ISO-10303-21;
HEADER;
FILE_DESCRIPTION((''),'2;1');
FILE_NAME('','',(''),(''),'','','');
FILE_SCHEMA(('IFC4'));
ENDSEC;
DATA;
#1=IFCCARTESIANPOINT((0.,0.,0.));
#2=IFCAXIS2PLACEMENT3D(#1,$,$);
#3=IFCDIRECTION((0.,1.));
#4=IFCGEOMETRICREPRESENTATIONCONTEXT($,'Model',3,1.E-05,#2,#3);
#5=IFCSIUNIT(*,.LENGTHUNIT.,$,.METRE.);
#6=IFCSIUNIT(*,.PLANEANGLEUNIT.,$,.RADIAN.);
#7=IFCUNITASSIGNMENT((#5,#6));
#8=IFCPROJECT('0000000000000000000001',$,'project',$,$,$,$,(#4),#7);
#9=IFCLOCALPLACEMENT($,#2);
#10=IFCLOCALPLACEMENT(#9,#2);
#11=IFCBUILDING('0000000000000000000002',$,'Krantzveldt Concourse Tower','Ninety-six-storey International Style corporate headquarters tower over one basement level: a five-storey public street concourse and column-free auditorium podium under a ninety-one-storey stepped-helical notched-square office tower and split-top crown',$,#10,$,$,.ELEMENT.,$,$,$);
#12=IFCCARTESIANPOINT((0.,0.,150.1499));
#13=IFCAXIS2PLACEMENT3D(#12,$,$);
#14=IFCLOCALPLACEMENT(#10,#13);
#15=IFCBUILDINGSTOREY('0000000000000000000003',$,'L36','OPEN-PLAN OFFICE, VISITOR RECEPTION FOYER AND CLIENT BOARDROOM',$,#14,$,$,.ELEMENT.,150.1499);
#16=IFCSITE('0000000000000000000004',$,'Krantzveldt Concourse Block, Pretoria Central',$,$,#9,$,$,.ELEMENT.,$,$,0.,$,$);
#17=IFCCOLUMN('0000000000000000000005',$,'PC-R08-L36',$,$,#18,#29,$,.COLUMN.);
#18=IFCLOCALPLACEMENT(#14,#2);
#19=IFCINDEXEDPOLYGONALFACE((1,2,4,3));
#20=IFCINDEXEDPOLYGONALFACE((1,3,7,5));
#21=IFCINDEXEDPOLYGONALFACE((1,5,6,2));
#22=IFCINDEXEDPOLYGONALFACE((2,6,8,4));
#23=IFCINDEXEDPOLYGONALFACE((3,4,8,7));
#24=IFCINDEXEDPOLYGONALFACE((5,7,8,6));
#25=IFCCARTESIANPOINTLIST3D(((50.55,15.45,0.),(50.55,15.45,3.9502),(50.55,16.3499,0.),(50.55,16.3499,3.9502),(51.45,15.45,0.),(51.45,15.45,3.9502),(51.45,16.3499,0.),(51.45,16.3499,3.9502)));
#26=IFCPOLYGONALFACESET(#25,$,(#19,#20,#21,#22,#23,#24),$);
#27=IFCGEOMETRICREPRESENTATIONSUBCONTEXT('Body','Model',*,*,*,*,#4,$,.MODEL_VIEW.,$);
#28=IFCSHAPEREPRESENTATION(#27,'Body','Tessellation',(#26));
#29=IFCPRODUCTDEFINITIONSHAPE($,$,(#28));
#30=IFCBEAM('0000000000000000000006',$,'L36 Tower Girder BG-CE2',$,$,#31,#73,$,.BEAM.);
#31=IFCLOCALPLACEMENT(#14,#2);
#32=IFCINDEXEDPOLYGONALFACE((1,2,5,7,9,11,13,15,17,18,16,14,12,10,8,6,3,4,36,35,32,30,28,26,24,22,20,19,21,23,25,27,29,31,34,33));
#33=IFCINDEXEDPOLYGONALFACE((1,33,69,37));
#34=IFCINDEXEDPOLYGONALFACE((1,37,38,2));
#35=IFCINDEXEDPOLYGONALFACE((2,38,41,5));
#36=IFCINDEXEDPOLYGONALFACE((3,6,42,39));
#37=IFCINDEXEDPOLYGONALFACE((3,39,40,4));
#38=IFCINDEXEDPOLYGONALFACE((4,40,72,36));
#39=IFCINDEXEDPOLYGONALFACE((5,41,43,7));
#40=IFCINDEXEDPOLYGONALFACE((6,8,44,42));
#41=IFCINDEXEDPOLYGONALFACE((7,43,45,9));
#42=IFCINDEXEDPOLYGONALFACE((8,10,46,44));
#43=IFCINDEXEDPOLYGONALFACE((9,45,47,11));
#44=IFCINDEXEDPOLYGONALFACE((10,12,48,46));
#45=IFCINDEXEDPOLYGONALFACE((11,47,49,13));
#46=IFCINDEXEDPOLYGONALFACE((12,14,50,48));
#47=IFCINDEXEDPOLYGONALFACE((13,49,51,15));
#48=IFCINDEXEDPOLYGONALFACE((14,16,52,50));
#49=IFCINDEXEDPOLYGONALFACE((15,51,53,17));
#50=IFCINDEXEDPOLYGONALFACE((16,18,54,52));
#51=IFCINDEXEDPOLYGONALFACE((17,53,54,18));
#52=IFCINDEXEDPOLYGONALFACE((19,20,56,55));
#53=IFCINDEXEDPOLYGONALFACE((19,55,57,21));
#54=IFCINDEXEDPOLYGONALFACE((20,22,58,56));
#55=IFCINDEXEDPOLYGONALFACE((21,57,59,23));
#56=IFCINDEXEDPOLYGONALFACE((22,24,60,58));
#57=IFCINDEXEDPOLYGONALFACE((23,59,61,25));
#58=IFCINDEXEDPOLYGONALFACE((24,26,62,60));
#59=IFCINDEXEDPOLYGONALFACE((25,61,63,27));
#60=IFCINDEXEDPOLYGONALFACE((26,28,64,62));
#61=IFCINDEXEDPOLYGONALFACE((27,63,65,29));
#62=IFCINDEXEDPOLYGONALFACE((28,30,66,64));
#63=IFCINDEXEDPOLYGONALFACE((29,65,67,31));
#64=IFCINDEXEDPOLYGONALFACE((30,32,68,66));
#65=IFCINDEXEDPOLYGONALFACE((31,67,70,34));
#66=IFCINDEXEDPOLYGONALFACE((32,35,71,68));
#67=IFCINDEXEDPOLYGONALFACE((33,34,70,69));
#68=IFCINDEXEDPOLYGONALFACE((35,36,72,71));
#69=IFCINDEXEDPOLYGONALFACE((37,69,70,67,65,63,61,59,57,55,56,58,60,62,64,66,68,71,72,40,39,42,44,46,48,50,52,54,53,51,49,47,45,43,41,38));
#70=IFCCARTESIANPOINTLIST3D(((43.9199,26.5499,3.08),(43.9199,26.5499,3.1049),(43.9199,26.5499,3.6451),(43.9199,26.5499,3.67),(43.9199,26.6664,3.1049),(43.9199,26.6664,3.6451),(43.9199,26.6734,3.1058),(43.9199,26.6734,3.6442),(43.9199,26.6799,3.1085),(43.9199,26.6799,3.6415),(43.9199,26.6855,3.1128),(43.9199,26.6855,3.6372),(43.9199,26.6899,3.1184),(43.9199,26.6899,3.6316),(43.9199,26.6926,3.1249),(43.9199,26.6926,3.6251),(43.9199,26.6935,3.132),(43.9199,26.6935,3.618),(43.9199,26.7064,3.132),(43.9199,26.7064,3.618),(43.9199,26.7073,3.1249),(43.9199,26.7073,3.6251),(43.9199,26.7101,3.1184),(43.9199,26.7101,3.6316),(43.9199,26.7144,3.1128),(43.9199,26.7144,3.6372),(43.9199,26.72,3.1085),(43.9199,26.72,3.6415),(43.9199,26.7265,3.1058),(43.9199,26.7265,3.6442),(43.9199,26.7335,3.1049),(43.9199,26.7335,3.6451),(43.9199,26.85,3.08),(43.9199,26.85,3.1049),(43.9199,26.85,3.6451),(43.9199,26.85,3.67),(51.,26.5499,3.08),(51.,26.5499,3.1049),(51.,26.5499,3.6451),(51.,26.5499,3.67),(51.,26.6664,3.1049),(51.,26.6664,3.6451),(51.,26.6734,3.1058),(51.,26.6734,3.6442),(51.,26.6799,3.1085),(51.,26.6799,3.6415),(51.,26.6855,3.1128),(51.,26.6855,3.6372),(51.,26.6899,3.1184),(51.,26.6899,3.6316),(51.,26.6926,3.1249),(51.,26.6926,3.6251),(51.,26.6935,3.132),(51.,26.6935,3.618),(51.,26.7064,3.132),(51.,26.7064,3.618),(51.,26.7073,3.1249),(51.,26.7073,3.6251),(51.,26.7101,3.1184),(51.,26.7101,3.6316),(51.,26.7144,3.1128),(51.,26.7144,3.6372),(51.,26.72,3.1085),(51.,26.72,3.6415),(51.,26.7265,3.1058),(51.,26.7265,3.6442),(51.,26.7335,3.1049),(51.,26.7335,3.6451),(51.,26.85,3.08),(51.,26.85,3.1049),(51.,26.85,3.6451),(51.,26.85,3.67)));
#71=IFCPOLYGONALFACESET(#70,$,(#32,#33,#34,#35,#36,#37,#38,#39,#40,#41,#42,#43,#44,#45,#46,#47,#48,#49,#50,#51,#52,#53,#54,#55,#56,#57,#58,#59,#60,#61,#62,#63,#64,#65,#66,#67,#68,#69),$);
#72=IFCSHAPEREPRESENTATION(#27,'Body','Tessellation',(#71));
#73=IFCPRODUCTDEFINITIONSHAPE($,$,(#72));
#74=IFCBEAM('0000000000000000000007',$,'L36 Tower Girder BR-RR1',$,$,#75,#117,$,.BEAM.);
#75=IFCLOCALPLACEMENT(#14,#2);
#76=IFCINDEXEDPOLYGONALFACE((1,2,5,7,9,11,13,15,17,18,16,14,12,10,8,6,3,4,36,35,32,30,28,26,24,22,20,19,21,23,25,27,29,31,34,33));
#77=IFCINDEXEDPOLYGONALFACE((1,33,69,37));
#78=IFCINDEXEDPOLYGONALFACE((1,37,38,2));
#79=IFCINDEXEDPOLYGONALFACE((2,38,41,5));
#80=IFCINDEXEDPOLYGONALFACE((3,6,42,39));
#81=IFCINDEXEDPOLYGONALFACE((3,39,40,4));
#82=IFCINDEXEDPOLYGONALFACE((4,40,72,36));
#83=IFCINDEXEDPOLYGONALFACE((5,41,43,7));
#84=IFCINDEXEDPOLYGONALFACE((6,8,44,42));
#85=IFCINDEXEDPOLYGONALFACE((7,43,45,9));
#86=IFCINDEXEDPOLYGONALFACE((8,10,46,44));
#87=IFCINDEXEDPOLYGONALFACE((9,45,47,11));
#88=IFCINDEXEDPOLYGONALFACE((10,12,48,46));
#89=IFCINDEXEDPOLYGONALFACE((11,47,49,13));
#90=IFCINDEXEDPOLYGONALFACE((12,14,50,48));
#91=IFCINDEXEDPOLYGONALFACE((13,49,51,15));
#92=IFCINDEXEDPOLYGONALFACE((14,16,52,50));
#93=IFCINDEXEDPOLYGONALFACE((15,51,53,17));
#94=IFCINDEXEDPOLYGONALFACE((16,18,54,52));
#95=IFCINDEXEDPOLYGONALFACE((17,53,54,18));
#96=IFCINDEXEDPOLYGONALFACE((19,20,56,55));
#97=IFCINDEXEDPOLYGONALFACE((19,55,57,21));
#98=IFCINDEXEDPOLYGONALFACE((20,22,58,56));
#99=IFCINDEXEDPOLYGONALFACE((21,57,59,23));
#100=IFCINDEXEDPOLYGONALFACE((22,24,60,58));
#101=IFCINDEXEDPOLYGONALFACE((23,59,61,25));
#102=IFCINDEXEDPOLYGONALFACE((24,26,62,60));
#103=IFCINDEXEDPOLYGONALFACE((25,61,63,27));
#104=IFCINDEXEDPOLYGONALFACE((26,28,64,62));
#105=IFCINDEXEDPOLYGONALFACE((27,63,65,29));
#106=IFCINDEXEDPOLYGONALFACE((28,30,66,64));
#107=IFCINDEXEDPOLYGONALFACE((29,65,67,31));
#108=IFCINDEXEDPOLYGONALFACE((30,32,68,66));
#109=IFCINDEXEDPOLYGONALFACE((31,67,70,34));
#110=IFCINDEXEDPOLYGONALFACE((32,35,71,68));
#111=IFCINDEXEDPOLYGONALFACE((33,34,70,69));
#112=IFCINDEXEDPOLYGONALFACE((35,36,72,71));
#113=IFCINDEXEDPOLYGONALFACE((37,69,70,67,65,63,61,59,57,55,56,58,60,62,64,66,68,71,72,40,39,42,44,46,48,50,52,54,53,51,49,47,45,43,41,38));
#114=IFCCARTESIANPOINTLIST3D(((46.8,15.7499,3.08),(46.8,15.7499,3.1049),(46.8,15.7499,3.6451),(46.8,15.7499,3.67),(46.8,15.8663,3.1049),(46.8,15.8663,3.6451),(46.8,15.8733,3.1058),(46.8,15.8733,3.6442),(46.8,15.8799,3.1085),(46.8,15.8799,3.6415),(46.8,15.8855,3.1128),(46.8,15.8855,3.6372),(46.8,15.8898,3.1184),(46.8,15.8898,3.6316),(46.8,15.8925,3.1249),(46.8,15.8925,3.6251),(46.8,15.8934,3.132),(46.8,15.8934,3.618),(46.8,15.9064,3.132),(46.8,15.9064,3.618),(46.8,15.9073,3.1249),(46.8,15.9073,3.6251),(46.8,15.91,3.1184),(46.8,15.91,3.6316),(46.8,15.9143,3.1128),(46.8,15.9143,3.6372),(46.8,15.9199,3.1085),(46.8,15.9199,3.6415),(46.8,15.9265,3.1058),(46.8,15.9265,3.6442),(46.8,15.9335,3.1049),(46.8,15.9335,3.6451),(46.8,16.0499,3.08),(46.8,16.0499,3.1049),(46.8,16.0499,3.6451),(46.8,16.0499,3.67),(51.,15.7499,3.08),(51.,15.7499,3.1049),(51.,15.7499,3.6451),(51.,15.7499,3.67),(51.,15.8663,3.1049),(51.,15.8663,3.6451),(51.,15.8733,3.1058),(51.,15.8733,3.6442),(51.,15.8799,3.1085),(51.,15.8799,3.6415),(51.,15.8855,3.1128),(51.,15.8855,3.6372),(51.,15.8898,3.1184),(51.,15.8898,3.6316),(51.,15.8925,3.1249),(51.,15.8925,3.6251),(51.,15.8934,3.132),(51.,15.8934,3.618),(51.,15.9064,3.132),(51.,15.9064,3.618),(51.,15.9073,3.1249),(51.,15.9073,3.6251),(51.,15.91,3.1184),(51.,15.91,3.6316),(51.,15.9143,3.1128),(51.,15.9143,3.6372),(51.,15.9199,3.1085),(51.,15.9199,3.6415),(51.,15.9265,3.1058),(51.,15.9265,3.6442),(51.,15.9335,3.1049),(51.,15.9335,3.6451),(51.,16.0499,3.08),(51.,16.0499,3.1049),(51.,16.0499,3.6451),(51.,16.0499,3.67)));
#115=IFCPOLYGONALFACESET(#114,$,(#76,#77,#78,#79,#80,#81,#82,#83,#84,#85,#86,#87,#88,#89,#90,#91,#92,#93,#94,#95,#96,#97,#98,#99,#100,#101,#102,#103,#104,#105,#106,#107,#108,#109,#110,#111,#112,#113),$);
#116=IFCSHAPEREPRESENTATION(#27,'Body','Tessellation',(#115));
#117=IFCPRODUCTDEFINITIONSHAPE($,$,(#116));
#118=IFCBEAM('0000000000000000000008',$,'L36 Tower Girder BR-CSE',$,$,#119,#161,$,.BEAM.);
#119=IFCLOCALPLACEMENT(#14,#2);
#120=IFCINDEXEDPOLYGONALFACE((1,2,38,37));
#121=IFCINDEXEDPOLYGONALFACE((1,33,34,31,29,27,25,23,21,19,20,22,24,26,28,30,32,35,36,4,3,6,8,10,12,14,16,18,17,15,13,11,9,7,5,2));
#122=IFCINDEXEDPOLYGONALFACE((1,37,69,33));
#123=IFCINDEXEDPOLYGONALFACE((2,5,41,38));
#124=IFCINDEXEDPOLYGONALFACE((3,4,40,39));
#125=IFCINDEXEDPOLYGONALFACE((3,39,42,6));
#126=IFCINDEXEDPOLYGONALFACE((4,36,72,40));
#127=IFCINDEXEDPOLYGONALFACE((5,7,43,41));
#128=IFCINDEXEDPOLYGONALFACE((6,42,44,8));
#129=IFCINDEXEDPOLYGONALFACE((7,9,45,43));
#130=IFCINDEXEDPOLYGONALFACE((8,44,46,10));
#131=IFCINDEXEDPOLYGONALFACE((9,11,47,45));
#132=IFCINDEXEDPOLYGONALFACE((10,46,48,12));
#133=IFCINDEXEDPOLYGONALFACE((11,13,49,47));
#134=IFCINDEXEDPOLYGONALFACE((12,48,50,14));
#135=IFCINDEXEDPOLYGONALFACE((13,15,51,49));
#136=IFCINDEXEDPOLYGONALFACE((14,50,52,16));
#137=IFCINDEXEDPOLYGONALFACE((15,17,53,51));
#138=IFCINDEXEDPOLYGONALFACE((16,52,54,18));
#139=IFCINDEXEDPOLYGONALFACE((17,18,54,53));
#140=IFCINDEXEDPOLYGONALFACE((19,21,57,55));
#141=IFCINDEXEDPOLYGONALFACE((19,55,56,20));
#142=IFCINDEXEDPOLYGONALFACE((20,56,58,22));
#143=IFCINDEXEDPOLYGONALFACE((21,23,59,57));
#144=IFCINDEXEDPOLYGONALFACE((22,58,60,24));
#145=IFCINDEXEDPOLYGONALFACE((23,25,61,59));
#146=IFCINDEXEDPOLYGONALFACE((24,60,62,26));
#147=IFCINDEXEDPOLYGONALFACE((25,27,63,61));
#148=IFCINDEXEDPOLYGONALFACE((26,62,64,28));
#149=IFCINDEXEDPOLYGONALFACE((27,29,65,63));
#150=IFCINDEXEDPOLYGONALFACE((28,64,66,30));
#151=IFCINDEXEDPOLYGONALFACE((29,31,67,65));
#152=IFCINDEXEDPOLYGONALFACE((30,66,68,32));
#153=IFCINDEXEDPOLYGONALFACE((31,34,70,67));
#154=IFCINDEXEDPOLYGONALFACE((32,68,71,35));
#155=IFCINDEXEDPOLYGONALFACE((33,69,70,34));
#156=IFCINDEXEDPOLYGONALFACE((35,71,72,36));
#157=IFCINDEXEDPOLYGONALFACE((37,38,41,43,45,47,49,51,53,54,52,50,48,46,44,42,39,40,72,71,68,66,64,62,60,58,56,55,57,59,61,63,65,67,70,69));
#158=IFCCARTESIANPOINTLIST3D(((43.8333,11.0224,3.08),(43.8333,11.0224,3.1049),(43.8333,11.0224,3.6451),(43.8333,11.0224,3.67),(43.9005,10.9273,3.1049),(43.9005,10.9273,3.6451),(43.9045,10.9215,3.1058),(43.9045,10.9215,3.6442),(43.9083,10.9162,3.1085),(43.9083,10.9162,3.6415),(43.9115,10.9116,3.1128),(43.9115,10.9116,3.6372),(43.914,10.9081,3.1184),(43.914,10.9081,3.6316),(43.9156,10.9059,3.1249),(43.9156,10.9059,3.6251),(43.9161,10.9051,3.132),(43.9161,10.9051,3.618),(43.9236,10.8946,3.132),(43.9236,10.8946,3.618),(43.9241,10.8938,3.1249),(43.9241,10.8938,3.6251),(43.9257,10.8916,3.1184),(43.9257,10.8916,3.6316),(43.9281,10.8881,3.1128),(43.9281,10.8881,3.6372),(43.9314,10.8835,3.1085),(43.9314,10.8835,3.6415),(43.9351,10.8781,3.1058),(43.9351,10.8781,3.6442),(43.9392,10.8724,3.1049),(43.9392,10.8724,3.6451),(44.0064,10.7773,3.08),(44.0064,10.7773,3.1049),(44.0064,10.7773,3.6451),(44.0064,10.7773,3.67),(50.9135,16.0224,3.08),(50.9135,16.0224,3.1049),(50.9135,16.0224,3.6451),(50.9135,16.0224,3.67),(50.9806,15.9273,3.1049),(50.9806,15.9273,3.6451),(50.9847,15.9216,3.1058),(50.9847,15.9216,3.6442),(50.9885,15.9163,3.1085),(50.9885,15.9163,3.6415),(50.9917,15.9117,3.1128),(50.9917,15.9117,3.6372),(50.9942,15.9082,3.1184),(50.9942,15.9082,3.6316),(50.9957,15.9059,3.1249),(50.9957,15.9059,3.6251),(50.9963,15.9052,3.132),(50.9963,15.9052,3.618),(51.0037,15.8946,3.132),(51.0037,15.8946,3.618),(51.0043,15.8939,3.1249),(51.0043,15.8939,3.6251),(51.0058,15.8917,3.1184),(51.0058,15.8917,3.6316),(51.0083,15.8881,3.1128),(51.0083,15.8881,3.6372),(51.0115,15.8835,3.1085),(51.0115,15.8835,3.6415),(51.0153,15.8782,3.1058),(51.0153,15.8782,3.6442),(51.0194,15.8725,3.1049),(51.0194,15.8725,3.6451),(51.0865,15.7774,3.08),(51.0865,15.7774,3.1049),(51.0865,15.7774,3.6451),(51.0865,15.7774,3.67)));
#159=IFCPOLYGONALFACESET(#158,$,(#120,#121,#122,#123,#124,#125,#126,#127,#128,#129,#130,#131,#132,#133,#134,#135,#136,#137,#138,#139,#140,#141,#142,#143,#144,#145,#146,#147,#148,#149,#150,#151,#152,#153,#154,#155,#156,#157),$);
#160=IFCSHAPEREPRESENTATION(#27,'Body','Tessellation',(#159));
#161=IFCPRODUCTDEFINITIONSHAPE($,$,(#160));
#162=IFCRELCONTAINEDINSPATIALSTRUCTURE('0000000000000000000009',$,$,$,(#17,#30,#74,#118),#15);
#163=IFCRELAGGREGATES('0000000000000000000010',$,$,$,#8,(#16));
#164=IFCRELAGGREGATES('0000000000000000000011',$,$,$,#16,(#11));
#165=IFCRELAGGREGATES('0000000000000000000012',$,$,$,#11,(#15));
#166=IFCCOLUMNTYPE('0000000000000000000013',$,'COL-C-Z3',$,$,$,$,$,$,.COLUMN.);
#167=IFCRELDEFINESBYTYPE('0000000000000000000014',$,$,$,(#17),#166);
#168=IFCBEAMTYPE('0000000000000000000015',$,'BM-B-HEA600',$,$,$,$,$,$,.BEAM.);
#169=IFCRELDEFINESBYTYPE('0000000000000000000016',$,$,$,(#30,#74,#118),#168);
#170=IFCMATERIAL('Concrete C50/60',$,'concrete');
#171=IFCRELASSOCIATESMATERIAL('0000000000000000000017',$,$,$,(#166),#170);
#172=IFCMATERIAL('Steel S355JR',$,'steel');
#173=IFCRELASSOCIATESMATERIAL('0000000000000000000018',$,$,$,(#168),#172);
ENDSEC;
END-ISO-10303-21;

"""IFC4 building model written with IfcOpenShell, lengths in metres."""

from ifc_helpers import new_model, si_unit, direction, frame, origin, origin_2d, place, context, subcontext, project, spatial, rectangle, i_section, extrude, source, transform, mapped, material, material_profile, profile_set, type_object, type_shapes, element, save


model = new_model("IFC4")

# Units and contexts
model_context = context("Model", 3, precision=1e-05, world=origin(), true_north=direction((0.0, 1.0)))
body_context = subcontext(model_context, "Body", "Model", "MODEL_VIEW")
ifc_project = project(units=[si_unit("LENGTHUNIT", "METRE"), si_unit("PLANEANGLEUNIT", "RADIAN")], contexts=[model_context])

# Site, building, storey
site_placement = place(None, origin())
site = spatial("IfcSite", under=ifc_project, at=site_placement, Name="Krantzveldt Concourse Block, Pretoria Central", CompositionType="ELEMENT", RefElevation=0.0)
building_placement = place(site_placement, origin())
building = spatial("IfcBuilding", under=site, at=building_placement, Name="Krantzveldt Concourse Tower", Description="Ninety-six-storey International Style corporate headquarters tower over one basement level: a five-storey public street concourse and column-free auditorium podium under a ninety-one-storey stepped-helical notched-square office tower and split-top crown", CompositionType="ELEMENT")
storey_placement = place(building_placement, frame((0.0, 0.0, 150.1499)))
storey = spatial("IfcBuildingStorey", under=building, at=storey_placement, Name="L36", Description="OPEN-PLAN OFFICE, VISITOR RECEPTION FOYER AND CLIENT BOARDROOM", CompositionType="ELEMENT", Elevation=150.1499)

# Column
ifc_material_1 = material(Name="Concrete C50/60", Category="concrete")
ifc_material_profile_1 = material_profile(ifc_material_1, rectangle(XDim=0.8999, YDim=0.8999, at=origin_2d()), Name="Concrete C50/60", Category="concrete")
ifc_profile_set_1 = profile_set([ifc_material_profile_1], Name="Concrete C50/60 - RC 900x900")
column_type = type_object("IfcColumnType", Name="COL-C-Z3", PredefinedType="COLUMN", material=ifc_profile_set_1)
shared_shape_1 = source(origin(), body_context, "Body", "SweptSolid", [
    extrude(rectangle(XDim=0.8999, YDim=0.8999, at=origin_2d()), origin(), (0.0, 0.0, 1.0), 3.9502),
])
type_shapes(column_type, [shared_shape_1])
column_placement = place(storey_placement, frame((51.0, 15.8999, 0.0), z_axis=(0.0, 0.0, 1.0), x_axis=(1.0, 0.0, 0.0)))
element("IfcColumn", 1, at=column_placement, inside=storey, type_object=column_type, Name="PC-R08-L36", PredefinedType="COLUMN", context=body_context, shape_type="MappedRepresentation", body=[
    mapped(shared_shape_1, transform((0.0, 0.0, 0.0), x_axis=(1.0, 0.0, 0.0), y_axis=(0.0, 1.0, 0.0), z_axis=(0.0, 0.0, 1.0), scale=1.0)),
])

# Beams
ifc_material_2 = material(Name="Steel S355JR", Category="steel")
ifc_material_profile_2 = material_profile(ifc_material_2, i_section(OverallWidth=0.3, OverallDepth=0.5901, WebThickness=0.0129, FlangeThickness=0.0249, FilletRadius=0.0271, at=origin_2d()), Name="Steel S355JR", Category="steel")
ifc_profile_set_2 = profile_set([ifc_material_profile_2], Name="Steel S355JR - HEA 600")
beam_type_1 = type_object("IfcBeamType", Name="BM-B-HEA600", PredefinedType="BEAM", material=ifc_profile_set_2)
shared_shape_2 = source(origin(), body_context, "Body", "SweptSolid", [
    extrude(i_section(OverallWidth=0.3, OverallDepth=0.5901, WebThickness=0.0129, FlangeThickness=0.0249, FilletRadius=0.0271, at=origin_2d()), origin(), (0.0, 0.0, 1.0), 7.0801),
])
beam_1_placement = place(storey_placement, frame((43.9199, 26.7, 3.375), z_axis=(1.0, 0.0, 0.0), x_axis=(0.0, 1.0, 0.0)))
element("IfcBeam", 2, at=beam_1_placement, inside=storey, type_object=beam_type_1, Name="L36 Tower Girder BG-CE2", PredefinedType="BEAM", context=body_context, shape_type="MappedRepresentation", body=[
    mapped(shared_shape_2, transform((0.0, 0.0, 0.0), x_axis=(1.0, 0.0, 0.0), y_axis=(0.0, 1.0, 0.0), z_axis=(0.0, 0.0, 1.0), scale=1.0)),
])
shared_shape_3 = source(origin(), body_context, "Body", "SweptSolid", [
    extrude(i_section(OverallWidth=0.3, OverallDepth=0.5901, WebThickness=0.0129, FlangeThickness=0.0249, FilletRadius=0.0271, at=origin_2d()), origin(), (0.0, 0.0, 1.0), 4.2),
])
beam_2_placement = place(storey_placement, frame((46.8, 15.8999, 3.375), z_axis=(1.0, 0.0, 0.0), x_axis=(0.0, 1.0, 0.0)))
element("IfcBeam", 3, at=beam_2_placement, inside=storey, type_object=beam_type_1, Name="L36 Tower Girder BR-RR1", PredefinedType="BEAM", context=body_context, shape_type="MappedRepresentation", body=[
    mapped(shared_shape_3, transform((0.0, 0.0, 0.0), x_axis=(1.0, 0.0, 0.0), y_axis=(0.0, 1.0, 0.0), z_axis=(0.0, 0.0, 1.0), scale=1.0)),
])
shared_shape_4 = source(origin(), body_context, "Body", "SweptSolid", [
    extrude(i_section(OverallWidth=0.3, OverallDepth=0.5901, WebThickness=0.0129, FlangeThickness=0.0249, FilletRadius=0.0271, at=origin_2d()), origin(), (0.0, 0.0, 1.0), 8.6677),
])
type_shapes(beam_type_1, [shared_shape_2, shared_shape_3, shared_shape_4])
beam_3_placement = place(storey_placement, frame((51.0, 15.8999, 3.375), z_axis=(-0.816843, -0.57686, 0.0), x_axis=(0.57686, -0.816843, 0.0)))
element("IfcBeam", 4, at=beam_3_placement, inside=storey, type_object=beam_type_1, Name="L36 Tower Girder BR-CSE", PredefinedType="BEAM", context=body_context, shape_type="MappedRepresentation", body=[
    mapped(shared_shape_4, transform((0.0, 0.0, 0.0), x_axis=(1.0, 0.0, 0.0), y_axis=(0.0, 1.0, 0.0), z_axis=(0.0, 0.0, 1.0), scale=1.0)),
])

save(model, "model.ifc")
